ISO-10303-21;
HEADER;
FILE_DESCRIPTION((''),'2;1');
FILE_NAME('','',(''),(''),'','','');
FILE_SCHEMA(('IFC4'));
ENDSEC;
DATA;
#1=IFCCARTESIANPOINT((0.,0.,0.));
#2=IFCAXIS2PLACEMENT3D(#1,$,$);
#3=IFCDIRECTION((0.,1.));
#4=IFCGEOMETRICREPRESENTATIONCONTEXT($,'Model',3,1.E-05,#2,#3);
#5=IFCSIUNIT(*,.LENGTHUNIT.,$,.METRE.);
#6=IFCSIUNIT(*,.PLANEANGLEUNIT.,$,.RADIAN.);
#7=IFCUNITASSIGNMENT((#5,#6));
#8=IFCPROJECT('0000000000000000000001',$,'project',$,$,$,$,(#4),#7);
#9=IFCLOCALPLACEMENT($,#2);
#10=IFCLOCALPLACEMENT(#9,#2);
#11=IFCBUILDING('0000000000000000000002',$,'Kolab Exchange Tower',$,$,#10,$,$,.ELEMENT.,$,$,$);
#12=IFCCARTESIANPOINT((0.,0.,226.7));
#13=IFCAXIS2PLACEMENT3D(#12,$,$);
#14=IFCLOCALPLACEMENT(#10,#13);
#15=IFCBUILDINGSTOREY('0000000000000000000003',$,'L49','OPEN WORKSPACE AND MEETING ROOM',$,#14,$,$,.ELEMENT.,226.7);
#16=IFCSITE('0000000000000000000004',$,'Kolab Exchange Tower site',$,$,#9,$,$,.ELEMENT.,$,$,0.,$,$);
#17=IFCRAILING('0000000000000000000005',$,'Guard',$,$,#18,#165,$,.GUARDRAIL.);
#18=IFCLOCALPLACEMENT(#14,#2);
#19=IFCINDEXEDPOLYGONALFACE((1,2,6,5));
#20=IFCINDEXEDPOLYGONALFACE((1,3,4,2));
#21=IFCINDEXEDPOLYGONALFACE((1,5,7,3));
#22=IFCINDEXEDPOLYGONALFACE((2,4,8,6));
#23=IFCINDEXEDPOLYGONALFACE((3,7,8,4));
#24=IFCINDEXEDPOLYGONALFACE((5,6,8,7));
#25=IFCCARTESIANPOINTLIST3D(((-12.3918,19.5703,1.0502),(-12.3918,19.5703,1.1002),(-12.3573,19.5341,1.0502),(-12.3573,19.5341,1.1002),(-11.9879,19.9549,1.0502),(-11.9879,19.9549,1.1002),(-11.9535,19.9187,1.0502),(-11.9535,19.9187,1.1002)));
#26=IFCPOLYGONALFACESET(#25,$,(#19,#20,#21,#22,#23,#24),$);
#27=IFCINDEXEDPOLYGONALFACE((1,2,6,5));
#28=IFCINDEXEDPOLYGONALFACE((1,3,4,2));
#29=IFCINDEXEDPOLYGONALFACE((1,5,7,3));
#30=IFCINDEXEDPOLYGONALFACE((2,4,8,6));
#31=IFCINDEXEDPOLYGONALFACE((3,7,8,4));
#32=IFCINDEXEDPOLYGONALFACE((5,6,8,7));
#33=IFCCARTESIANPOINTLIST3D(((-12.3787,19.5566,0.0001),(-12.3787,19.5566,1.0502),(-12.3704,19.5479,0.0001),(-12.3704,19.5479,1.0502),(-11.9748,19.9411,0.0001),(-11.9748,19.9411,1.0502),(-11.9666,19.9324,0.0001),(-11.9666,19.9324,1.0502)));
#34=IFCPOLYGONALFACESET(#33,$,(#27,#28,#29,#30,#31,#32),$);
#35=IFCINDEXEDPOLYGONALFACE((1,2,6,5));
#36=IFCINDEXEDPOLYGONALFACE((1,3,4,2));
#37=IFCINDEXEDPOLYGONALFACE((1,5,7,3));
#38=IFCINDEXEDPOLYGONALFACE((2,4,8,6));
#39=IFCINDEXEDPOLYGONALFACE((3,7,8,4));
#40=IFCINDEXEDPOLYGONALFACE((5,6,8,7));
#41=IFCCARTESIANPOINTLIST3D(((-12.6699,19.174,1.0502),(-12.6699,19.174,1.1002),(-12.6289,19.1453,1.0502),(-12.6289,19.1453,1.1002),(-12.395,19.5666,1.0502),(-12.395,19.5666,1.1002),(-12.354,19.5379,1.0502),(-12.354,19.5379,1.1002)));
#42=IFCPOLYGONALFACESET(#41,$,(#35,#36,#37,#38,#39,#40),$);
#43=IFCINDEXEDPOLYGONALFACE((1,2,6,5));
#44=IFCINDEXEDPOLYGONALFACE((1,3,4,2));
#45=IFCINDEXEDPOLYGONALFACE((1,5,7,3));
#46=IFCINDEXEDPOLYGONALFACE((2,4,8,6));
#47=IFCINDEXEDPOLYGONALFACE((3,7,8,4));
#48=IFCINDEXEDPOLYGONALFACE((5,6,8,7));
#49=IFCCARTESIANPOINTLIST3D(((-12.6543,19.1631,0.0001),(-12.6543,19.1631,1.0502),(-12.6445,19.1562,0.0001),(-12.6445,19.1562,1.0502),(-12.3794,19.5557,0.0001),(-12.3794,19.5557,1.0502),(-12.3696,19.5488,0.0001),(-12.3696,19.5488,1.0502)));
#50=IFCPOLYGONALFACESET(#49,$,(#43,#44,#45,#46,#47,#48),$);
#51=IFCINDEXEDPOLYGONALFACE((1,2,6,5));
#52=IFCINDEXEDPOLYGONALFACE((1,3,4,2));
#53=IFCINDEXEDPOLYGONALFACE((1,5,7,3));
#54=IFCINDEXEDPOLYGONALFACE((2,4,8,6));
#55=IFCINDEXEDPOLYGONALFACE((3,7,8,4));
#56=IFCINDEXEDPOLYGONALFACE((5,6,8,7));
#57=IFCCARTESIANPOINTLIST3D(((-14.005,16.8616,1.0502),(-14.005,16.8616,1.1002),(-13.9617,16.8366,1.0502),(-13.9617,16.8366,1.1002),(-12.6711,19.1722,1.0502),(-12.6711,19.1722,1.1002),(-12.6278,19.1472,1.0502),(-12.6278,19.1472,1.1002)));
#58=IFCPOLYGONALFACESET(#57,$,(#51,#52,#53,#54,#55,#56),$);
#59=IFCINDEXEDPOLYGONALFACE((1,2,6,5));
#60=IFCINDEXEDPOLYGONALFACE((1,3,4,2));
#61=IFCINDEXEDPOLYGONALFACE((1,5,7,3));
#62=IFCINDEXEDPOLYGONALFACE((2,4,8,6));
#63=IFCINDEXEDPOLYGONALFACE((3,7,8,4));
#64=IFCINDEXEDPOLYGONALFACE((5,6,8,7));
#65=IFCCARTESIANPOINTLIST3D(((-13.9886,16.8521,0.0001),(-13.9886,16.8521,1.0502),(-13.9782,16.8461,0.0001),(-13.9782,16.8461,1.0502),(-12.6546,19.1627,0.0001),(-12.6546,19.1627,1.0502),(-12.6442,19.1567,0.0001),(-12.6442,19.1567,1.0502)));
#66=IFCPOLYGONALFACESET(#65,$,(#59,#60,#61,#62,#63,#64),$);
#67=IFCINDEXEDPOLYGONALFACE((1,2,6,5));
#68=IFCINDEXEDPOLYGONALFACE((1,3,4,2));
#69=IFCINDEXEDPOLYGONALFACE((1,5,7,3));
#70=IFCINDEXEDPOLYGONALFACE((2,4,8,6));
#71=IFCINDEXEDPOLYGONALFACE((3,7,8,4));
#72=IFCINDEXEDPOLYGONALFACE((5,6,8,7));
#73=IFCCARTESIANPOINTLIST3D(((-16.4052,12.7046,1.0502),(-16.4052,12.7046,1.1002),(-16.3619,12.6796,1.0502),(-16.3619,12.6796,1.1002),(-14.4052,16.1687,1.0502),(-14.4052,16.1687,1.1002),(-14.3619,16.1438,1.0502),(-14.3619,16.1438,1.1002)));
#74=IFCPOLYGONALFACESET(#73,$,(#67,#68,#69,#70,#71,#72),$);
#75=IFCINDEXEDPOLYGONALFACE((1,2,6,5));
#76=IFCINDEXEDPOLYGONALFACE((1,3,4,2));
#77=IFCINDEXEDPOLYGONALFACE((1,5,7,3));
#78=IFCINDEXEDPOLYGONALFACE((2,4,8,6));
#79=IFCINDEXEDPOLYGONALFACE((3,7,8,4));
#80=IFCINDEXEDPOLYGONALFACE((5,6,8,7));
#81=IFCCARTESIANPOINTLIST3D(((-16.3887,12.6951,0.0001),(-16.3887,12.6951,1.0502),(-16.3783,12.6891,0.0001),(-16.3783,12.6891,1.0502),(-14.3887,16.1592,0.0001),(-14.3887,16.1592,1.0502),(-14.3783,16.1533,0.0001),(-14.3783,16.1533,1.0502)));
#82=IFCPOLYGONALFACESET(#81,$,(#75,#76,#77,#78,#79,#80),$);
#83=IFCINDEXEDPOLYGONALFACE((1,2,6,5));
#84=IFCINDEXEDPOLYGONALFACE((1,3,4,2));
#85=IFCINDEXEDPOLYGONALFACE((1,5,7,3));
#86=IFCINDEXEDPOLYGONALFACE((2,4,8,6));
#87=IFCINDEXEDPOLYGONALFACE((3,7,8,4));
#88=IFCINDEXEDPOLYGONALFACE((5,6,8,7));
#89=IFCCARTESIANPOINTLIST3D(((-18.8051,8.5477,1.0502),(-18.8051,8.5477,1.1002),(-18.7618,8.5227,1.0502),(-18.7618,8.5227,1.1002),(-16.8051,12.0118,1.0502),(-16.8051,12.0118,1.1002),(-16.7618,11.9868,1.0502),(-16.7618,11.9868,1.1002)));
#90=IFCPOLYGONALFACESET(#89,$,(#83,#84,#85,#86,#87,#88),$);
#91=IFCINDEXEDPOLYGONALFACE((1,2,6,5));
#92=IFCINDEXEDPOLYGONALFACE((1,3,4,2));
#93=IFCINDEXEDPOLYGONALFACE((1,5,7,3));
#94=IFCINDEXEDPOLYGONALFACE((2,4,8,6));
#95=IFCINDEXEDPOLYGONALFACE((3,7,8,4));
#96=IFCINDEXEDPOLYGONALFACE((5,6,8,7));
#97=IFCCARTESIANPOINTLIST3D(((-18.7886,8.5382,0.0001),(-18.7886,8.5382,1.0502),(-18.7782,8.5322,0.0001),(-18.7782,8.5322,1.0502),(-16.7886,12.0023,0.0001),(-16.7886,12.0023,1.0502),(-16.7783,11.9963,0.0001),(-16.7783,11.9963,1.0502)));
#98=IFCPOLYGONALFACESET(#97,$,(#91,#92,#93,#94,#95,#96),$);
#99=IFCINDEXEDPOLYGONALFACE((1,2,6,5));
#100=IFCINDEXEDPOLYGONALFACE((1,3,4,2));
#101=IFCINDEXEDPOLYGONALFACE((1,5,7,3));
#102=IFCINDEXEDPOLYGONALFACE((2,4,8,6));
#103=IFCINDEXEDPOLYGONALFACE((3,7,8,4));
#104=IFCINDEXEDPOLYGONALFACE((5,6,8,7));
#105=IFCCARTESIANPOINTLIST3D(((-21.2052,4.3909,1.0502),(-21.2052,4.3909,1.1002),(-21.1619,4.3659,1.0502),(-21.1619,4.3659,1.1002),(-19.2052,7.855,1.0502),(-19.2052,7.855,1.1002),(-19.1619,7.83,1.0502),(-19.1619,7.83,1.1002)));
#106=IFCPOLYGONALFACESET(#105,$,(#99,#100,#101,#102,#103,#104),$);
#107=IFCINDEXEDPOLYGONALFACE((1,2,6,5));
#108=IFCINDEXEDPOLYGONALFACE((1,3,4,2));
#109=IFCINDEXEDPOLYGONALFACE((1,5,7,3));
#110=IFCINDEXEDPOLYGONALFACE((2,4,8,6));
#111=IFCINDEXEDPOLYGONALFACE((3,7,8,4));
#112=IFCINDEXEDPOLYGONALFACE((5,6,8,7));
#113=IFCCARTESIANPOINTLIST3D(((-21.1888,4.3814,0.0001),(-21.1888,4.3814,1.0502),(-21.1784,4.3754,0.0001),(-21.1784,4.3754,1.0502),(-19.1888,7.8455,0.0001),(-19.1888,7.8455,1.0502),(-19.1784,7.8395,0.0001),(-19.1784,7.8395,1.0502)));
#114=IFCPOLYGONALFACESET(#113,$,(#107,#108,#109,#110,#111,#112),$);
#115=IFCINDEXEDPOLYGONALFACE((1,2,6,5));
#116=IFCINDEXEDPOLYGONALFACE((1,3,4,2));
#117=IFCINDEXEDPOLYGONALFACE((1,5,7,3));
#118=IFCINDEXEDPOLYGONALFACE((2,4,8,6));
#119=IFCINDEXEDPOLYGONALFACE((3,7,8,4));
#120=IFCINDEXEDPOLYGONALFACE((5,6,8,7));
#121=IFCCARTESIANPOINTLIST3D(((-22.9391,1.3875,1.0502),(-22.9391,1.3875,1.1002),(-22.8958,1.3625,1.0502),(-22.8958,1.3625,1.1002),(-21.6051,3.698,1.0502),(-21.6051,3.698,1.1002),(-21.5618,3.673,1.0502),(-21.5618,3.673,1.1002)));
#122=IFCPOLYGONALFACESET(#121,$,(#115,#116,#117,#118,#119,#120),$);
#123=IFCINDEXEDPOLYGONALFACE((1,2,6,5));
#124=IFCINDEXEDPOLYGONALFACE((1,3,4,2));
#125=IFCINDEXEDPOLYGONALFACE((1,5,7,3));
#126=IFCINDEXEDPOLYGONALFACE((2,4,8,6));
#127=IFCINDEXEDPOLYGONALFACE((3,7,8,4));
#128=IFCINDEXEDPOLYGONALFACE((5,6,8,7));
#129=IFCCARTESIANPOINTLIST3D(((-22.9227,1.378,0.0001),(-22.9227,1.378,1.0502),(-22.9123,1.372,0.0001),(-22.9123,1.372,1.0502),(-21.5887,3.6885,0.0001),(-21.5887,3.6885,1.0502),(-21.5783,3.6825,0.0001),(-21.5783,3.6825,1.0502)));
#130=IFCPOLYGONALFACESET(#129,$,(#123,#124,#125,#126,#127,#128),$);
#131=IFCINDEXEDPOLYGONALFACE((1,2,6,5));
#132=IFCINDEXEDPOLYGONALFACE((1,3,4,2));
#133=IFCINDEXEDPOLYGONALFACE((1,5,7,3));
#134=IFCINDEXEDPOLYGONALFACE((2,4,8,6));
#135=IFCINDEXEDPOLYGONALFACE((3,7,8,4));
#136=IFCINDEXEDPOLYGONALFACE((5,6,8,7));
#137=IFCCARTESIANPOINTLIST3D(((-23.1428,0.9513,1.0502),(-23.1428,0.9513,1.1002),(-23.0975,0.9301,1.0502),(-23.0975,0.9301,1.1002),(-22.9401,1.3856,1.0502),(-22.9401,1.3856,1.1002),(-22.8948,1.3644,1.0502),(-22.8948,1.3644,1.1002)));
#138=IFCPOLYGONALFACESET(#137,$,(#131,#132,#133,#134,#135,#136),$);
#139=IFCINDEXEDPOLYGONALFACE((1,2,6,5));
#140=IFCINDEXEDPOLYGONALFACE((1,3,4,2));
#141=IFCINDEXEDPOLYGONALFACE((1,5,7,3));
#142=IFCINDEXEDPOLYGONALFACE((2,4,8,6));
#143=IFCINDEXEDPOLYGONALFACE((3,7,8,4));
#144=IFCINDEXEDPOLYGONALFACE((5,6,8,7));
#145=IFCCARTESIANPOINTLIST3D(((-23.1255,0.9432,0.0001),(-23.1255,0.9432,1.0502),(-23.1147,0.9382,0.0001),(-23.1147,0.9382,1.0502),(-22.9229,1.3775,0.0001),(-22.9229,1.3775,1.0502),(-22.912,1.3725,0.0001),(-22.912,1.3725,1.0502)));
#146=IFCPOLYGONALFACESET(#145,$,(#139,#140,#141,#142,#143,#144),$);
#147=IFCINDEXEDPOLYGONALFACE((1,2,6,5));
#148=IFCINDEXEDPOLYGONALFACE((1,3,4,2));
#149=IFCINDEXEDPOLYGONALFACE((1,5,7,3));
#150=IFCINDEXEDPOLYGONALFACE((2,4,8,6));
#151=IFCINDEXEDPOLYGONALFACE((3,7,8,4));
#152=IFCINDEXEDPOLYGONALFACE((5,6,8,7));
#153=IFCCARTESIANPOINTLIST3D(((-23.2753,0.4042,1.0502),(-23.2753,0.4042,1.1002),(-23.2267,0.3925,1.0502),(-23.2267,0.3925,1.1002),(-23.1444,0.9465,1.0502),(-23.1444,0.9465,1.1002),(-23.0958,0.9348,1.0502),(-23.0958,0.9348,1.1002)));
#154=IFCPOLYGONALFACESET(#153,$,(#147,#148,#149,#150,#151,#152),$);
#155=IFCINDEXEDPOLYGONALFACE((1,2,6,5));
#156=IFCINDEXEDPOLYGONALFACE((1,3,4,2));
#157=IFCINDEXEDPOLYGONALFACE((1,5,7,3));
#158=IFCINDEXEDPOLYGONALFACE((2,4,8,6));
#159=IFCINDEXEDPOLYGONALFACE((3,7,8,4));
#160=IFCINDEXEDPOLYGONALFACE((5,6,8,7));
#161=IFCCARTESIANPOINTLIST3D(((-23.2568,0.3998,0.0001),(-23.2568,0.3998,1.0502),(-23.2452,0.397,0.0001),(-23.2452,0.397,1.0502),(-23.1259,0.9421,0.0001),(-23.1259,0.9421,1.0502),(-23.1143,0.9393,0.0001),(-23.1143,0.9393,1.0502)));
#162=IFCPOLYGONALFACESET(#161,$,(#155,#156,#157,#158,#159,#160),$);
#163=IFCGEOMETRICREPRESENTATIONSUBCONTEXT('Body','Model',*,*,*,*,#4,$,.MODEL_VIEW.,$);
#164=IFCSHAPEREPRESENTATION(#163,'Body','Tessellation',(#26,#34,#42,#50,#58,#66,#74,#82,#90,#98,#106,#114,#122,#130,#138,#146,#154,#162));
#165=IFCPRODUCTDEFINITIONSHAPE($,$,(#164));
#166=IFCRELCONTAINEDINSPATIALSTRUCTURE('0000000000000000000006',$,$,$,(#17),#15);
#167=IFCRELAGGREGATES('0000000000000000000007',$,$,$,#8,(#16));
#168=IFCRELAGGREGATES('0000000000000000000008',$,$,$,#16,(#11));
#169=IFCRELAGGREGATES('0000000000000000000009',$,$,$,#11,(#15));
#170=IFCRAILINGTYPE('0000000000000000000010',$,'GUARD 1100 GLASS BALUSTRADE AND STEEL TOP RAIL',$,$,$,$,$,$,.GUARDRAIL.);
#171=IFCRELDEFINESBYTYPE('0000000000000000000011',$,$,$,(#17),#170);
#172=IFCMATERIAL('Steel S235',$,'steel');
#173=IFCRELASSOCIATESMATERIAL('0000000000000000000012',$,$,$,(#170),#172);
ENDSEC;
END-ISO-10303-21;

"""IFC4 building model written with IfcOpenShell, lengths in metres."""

from ifc_helpers import new_model, si_unit, direction, frame, frame_2d, origin, origin_2d, place, context, subcontext, project, spatial, rectangle, extrude, material, type_object, element, save


model = new_model("IFC4")

# Units and contexts
model_context = context("Model", 3, precision=1e-05, world=origin(), true_north=direction((0.0, 1.0)))
body_context = subcontext(model_context, "Body", "Model", "MODEL_VIEW")
ifc_project = project(units=[si_unit("LENGTHUNIT", "METRE"), si_unit("PLANEANGLEUNIT", "RADIAN")], contexts=[model_context])

# Site, building, storey
site_placement = place(None, origin())
site = spatial("IfcSite", under=ifc_project, at=site_placement, Name="Kolab Exchange Tower site", CompositionType="ELEMENT", RefElevation=0.0)
building_placement = place(site_placement, origin())
building = spatial("IfcBuilding", under=site, at=building_placement, Name="Kolab Exchange Tower", CompositionType="ELEMENT")
storey_placement = place(building_placement, frame((0.0, 0.0, 226.7)))
storey = spatial("IfcBuildingStorey", under=building, at=storey_placement, Name="L49", Description="OPEN WORKSPACE AND MEETING ROOM", CompositionType="ELEMENT", Elevation=226.7)

# Shared definitions
ifc_material_1 = material(Name="Steel S235", Category="steel")

# Railing
railing_type = type_object("IfcRailingType", Name="GUARD 1100 GLASS BALUSTRADE AND STEEL TOP RAIL", PredefinedType="GUARDRAIL", material=ifc_material_1)
railing_placement = place(storey_placement, frame((-11.9707, 19.9368, 0.0)))
element("IfcRailing", 1, at=railing_placement, inside=storey, type_object=railing_type, Name="Guard", PredefinedType="GUARDRAIL", context=body_context, shape_type="SweptSolid", body=[
    extrude(rectangle(XDim=0.05, YDim=0.05, at=origin_2d()), frame((0.0, 0.0, 1.0752), z_axis=(-0.72419, -0.689601, 0.0), x_axis=(0.689601, -0.72419, 0.0)), (0.0, 0.0, 1.0), 0.5576),
    extrude(rectangle(XDim=0.012, YDim=1.0501, at=frame_2d((0.0, 0.5251))), frame((0.0, 0.0, 0.0), z_axis=(-0.72419, -0.689601, 0.0), x_axis=(0.689601, -0.72419, 0.0)), (0.0, 0.0, 1.0), 0.5576),
    extrude(rectangle(XDim=0.05, YDim=0.05, at=origin_2d()), frame((-0.4038, -0.3845, 1.0752), z_axis=(-0.573599, -0.819136, 0.0), x_axis=(0.819136, -0.573599, 0.0)), (0.0, 0.0, 1.0), 0.4792),
    extrude(rectangle(XDim=0.012, YDim=1.0501, at=frame_2d((0.0, 0.5251))), frame((-0.4038, -0.3845, 0.0), z_axis=(-0.573599, -0.819136, 0.0), x_axis=(0.819136, -0.573599, 0.0)), (0.0, 0.0, 1.0), 0.4792),
    extrude(rectangle(XDim=0.05, YDim=0.05, at=origin_2d()), frame((-0.6787, -0.7771, 1.0752), z_axis=(-0.499997, -0.866027, 0.0), x_axis=(0.866027, -0.499997, 0.0)), (0.0, 0.0, 1.0), 2.668),
    extrude(rectangle(XDim=0.012, YDim=1.0501, at=frame_2d((0.0, 0.5251))), frame((-0.6787, -0.7771, 0.0), z_axis=(-0.499997, -0.866027, 0.0), x_axis=(0.866027, -0.499997, 0.0)), (0.0, 0.0, 1.0), 2.668),
    extrude(rectangle(XDim=0.05, YDim=0.05, at=origin_2d()), frame((-2.4128, -3.7805, 1.0752), z_axis=(-0.499999, -0.866026, 0.0), x_axis=(0.866026, -0.499999, 0.0)), (0.0, 0.0, 1.0), 4.0),
    extrude(rectangle(XDim=0.012, YDim=1.0501, at=frame_2d((0.0, 0.5251))), frame((-2.4128, -3.7805, 0.0), z_axis=(-0.499999, -0.866026, 0.0), x_axis=(0.866026, -0.499999, 0.0)), (0.0, 0.0, 1.0), 4.0),
    extrude(rectangle(XDim=0.05, YDim=0.05, at=origin_2d()), frame((-4.8127, -7.9375, 1.0752), z_axis=(-0.499999, -0.866026, 0.0), x_axis=(0.866026, -0.499999, 0.0)), (0.0, 0.0, 1.0), 4.0),
    extrude(rectangle(XDim=0.012, YDim=1.0501, at=frame_2d((0.0, 0.5251))), frame((-4.8127, -7.9375, 0.0), z_axis=(-0.499999, -0.866026, 0.0), x_axis=(0.866026, -0.499999, 0.0)), (0.0, 0.0, 1.0), 4.0),
    extrude(rectangle(XDim=0.05, YDim=0.05, at=origin_2d()), frame((-7.2129, -12.0942, 1.0752), z_axis=(-0.499999, -0.866026, 0.0), x_axis=(0.866026, -0.499999, 0.0)), (0.0, 0.0, 1.0), 4.0),
    extrude(rectangle(XDim=0.012, YDim=1.0501, at=frame_2d((0.0, 0.5251))), frame((-7.2129, -12.0942, 0.0), z_axis=(-0.499999, -0.866026, 0.0), x_axis=(0.866026, -0.499999, 0.0)), (0.0, 0.0, 1.0), 4.0),
    extrude(rectangle(XDim=0.05, YDim=0.05, at=origin_2d()), frame((-9.6128, -16.2512, 1.0752), z_axis=(-0.499997, -0.866027, 0.0), x_axis=(0.866027, -0.499997, 0.0)), (0.0, 0.0, 1.0), 2.668),
    extrude(rectangle(XDim=0.012, YDim=1.0501, at=frame_2d((0.0, 0.5251))), frame((-9.6128, -16.2512, 0.0), z_axis=(-0.499997, -0.866027, 0.0), x_axis=(0.866027, -0.499997, 0.0)), (0.0, 0.0, 1.0), 2.668),
    extrude(rectangle(XDim=0.05, YDim=0.05, at=origin_2d()), frame((-10.9468, -18.5618, 1.0752), z_axis=(-0.422802, -0.906222, 0.0), x_axis=(0.906222, -0.422802, 0.0)), (0.0, 0.0, 1.0), 0.4792),
    extrude(rectangle(XDim=0.012, YDim=1.0501, at=frame_2d((0.0, 0.5251))), frame((-10.9468, -18.5618, 0.0), z_axis=(-0.422802, -0.906222, 0.0), x_axis=(0.906222, -0.422802, 0.0)), (0.0, 0.0, 1.0), 0.4792),
    extrude(rectangle(XDim=0.05, YDim=0.05, at=origin_2d()), frame((-11.1494, -18.9961, 1.0752), z_axis=(-0.234598, -0.972093, 0.0), x_axis=(0.972093, -0.234598, 0.0)), (0.0, 0.0, 1.0), 0.5579),
    extrude(rectangle(XDim=0.012, YDim=1.0501, at=frame_2d((0.0, 0.5251))), frame((-11.1494, -18.9961, 0.0), z_axis=(-0.234598, -0.972093, 0.0), x_axis=(0.972093, -0.234598, 0.0)), (0.0, 0.0, 1.0), 0.5579),
])

save(model, "model.ifc")
